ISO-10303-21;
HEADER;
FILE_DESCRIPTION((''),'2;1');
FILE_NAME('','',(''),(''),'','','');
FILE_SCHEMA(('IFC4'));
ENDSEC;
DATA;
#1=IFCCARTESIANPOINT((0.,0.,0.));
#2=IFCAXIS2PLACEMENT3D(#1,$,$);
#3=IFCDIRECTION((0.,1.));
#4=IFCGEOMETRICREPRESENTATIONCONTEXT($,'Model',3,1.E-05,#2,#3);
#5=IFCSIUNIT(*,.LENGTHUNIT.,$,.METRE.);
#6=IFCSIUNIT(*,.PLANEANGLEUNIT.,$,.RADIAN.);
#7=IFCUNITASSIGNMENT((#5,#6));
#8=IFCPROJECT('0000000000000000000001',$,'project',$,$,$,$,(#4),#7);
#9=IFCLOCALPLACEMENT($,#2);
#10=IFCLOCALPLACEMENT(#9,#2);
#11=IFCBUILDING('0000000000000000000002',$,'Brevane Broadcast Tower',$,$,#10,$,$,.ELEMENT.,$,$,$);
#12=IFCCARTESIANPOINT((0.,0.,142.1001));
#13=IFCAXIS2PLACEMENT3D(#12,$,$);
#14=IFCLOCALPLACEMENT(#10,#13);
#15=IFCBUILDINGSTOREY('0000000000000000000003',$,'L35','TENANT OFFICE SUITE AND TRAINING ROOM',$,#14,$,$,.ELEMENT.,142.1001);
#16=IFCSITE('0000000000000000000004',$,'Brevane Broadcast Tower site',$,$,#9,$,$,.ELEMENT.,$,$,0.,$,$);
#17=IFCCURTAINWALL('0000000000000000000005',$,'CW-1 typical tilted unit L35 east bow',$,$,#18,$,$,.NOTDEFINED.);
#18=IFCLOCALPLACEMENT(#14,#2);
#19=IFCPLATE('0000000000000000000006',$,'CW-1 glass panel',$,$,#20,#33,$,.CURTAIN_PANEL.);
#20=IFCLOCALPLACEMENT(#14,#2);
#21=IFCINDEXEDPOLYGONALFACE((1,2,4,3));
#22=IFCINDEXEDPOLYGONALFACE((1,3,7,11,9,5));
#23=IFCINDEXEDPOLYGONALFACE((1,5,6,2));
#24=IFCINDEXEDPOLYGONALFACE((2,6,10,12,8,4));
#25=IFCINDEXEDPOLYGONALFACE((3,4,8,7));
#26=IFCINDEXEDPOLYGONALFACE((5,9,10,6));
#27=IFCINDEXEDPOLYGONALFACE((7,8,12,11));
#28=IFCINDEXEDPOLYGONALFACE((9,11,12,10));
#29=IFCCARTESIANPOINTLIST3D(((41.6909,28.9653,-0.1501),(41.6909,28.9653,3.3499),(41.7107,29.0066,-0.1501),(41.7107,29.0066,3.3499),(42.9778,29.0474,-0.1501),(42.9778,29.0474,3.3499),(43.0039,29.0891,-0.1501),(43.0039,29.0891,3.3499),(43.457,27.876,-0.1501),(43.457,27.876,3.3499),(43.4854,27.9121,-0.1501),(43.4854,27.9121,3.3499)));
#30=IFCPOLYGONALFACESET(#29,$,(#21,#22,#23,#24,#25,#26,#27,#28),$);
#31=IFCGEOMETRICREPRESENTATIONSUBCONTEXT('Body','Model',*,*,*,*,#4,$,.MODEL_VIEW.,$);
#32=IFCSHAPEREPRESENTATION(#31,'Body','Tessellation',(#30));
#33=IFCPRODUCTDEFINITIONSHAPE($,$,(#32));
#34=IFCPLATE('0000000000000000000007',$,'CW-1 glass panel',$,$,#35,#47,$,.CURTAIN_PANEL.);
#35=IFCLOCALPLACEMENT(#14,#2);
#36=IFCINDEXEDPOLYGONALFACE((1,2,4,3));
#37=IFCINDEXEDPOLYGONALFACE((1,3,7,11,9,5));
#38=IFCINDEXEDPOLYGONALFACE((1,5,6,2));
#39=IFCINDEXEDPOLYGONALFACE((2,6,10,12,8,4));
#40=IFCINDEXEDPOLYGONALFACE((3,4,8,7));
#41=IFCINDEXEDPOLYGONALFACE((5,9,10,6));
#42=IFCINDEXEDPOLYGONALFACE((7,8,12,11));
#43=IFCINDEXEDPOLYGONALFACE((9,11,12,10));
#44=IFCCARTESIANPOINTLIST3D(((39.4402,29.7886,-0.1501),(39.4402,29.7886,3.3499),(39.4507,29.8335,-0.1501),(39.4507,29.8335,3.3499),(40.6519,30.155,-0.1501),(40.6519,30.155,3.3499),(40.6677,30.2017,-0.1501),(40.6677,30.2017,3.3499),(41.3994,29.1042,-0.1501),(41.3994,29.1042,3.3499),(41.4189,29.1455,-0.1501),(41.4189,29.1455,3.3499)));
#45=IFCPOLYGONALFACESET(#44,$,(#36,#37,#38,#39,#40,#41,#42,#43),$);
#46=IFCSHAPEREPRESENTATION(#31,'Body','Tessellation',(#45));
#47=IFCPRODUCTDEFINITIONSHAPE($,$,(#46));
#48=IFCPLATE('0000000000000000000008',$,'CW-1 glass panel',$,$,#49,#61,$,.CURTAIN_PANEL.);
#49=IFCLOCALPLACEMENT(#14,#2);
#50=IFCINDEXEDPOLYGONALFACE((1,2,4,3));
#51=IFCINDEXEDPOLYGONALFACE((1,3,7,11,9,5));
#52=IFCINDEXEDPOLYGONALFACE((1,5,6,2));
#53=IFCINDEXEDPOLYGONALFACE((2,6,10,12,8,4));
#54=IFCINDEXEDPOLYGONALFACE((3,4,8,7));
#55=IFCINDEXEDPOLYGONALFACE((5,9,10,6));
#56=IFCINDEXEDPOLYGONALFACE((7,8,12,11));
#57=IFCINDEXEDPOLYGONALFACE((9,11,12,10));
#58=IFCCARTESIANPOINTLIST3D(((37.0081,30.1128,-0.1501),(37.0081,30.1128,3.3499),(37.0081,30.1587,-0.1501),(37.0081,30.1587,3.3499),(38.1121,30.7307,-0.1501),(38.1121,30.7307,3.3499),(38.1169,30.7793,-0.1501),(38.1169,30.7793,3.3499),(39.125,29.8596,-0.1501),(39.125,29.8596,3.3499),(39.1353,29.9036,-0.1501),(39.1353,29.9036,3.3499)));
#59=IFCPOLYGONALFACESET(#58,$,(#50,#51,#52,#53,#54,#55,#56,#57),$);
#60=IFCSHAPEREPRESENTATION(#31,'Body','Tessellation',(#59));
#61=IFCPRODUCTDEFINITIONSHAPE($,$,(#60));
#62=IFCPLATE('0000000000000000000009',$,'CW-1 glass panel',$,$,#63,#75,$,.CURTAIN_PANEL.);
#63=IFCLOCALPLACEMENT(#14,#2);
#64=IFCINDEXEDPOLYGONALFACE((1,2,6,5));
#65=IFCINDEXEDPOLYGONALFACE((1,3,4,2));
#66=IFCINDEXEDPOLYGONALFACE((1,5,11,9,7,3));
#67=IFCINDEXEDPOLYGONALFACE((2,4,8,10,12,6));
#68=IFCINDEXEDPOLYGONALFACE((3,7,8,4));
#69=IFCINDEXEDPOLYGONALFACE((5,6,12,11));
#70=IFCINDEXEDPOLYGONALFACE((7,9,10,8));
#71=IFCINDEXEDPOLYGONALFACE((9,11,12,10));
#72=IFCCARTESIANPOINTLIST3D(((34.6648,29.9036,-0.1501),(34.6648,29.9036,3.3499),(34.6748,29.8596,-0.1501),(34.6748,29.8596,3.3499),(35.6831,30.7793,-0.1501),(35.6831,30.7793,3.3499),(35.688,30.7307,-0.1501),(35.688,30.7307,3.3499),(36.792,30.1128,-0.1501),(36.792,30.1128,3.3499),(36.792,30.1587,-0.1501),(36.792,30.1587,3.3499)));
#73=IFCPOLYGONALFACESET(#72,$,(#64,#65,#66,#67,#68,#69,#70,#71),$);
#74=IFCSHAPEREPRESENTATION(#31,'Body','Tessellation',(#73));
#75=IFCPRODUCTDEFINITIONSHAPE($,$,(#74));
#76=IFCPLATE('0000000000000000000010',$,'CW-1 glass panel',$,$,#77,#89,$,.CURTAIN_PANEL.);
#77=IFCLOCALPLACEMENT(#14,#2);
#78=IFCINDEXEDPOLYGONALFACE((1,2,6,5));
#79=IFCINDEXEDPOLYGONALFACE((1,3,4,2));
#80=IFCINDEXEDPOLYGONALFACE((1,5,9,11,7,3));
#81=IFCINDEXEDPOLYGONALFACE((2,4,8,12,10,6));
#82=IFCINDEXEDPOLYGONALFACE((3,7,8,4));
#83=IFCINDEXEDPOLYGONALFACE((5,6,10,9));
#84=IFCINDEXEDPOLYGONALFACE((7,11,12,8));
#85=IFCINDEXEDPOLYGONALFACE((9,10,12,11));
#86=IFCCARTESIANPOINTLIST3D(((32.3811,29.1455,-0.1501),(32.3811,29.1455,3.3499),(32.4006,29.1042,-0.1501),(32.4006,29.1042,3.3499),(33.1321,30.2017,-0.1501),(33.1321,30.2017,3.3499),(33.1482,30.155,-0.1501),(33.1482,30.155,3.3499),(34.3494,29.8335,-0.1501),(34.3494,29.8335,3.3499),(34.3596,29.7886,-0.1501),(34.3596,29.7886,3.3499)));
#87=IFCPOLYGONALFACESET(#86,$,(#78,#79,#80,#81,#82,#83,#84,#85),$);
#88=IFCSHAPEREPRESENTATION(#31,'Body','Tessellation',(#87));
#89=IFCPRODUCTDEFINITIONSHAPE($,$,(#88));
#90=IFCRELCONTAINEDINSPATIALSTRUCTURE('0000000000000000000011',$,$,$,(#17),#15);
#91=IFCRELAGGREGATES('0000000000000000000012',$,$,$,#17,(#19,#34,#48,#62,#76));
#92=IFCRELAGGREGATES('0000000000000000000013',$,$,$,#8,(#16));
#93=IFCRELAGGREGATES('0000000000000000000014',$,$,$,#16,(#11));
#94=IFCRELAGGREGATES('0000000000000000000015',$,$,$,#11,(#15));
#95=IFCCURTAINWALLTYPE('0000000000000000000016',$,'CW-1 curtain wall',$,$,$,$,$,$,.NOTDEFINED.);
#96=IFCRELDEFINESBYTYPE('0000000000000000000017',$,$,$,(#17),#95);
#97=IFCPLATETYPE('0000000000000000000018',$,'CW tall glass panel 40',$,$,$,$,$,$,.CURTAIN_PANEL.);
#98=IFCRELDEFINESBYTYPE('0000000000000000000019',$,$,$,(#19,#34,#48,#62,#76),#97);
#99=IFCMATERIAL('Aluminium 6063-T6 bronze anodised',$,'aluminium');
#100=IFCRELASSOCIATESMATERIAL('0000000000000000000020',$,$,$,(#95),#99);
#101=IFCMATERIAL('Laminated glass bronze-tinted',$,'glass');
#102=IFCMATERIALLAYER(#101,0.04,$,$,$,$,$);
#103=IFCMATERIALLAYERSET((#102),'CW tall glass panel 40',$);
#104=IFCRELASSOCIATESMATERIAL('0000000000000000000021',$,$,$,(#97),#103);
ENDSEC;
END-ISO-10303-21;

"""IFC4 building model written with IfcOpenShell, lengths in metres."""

from ifc_helpers import new_model, si_unit, direction, frame, origin, place, context, subcontext, project, spatial, polyline, outline, extrude, material, layer, layer_set, type_object, element, aggregate, save


model = new_model("IFC4")

# Units and contexts
model_context = context("Model", 3, precision=1e-05, world=origin(), true_north=direction((0.0, 1.0)))
body_context = subcontext(model_context, "Body", "Model", "MODEL_VIEW")
ifc_project = project(units=[si_unit("LENGTHUNIT", "METRE"), si_unit("PLANEANGLEUNIT", "RADIAN")], contexts=[model_context])

# Site, building, storey
site_placement = place(None, origin())
site = spatial("IfcSite", under=ifc_project, at=site_placement, Name="Brevane Broadcast Tower site", CompositionType="ELEMENT", RefElevation=0.0)
building_placement = place(site_placement, origin())
building = spatial("IfcBuilding", under=site, at=building_placement, Name="Brevane Broadcast Tower", CompositionType="ELEMENT")
storey_placement = place(building_placement, frame((0.0, 0.0, 142.1001)))
storey = spatial("IfcBuildingStorey", under=building, at=storey_placement, Name="L35", Description="TENANT OFFICE SUITE AND TRAINING ROOM", CompositionType="ELEMENT", Elevation=142.1001)

# Curtain wall, plates
ifc_material_1 = material(Name="Aluminium 6063-T6 bronze anodised", Category="aluminium")
curtain_wall_type = type_object("IfcCurtainWallType", Name="CW-1 curtain wall", PredefinedType="NOTDEFINED", material=ifc_material_1)
ifc_material_2 = material(Name="Laminated glass bronze-tinted", Category="glass")
ifc_layer = layer(ifc_material_2, 0.04)
ifc_layer_set = layer_set([ifc_layer], Name="CW tall glass panel 40")
plate_type = type_object("IfcPlateType", Name="CW tall glass panel 40", PredefinedType="CURTAIN_PANEL", material=ifc_layer_set)
curtain_wall_1_placement = place(storey_placement, origin())
curtain_wall_1 = element("IfcCurtainWall", 1, at=curtain_wall_1_placement, inside=storey, type_object=curtain_wall_type, Name="CW-1 typical tilted unit L35 east bow", PredefinedType="NOTDEFINED")
plate_1_placement = place(storey_placement, frame((0.0, 0.0, -0.1501)))
plate_1 = element("IfcPlate", 2, at=plate_1_placement, type_object=plate_type, Name="CW-1 glass panel", PredefinedType="CURTAIN_PANEL", context=body_context, shape_type="SweptSolid", body=[
    extrude(outline(polyline([(43.457, 27.876), (43.4854, 27.9121), (43.0039, 29.0891), (41.7107, 29.0066), (41.6909, 28.9653), (42.9778, 29.0474), (43.457, 27.876)])), origin(), (0.0, 0.0, 1.0), 3.5),
])
plate_2_placement = place(storey_placement, frame((0.0, 0.0, -0.1501)))
plate_2 = element("IfcPlate", 3, at=plate_2_placement, type_object=plate_type, Name="CW-1 glass panel", PredefinedType="CURTAIN_PANEL", context=body_context, shape_type="SweptSolid", body=[
    extrude(outline(polyline([(41.3994, 29.1042), (41.4189, 29.1455), (40.6677, 30.2017), (39.4507, 29.8335), (39.4402, 29.7886), (40.6519, 30.155), (41.3994, 29.1042)])), origin(), (0.0, 0.0, 1.0), 3.5),
])
plate_3_placement = place(storey_placement, frame((0.0, 0.0, -0.1501)))
plate_3 = element("IfcPlate", 4, at=plate_3_placement, type_object=plate_type, Name="CW-1 glass panel", PredefinedType="CURTAIN_PANEL", context=body_context, shape_type="SweptSolid", body=[
    extrude(outline(polyline([(39.125, 29.8596), (39.1353, 29.9036), (38.1169, 30.7793), (37.0081, 30.1587), (37.0081, 30.1128), (38.1121, 30.7307), (39.125, 29.8596)])), origin(), (0.0, 0.0, 1.0), 3.5),
])
plate_4_placement = place(storey_placement, frame((0.0, 0.0, -0.1501)))
plate_4 = element("IfcPlate", 5, at=plate_4_placement, type_object=plate_type, Name="CW-1 glass panel", PredefinedType="CURTAIN_PANEL", context=body_context, shape_type="SweptSolid", body=[
    extrude(outline(polyline([(36.792, 30.1128), (36.792, 30.1587), (35.6831, 30.7793), (34.6648, 29.9036), (34.6748, 29.8596), (35.688, 30.7307), (36.792, 30.1128)])), origin(), (0.0, 0.0, 1.0), 3.5),
])
plate_5_placement = place(storey_placement, frame((0.0, 0.0, -0.1501)))
plate_5 = element("IfcPlate", 6, at=plate_5_placement, type_object=plate_type, Name="CW-1 glass panel", PredefinedType="CURTAIN_PANEL", context=body_context, shape_type="SweptSolid", body=[
    extrude(outline(polyline([(34.3596, 29.7886), (34.3494, 29.8335), (33.1321, 30.2017), (32.3811, 29.1455), (32.4006, 29.1042), (33.1482, 30.155), (34.3596, 29.7886)])), origin(), (0.0, 0.0, 1.0), 3.5),
])
aggregate(curtain_wall_1, [plate_1, plate_2, plate_3, plate_4, plate_5])

save(model, "model.ifc")
